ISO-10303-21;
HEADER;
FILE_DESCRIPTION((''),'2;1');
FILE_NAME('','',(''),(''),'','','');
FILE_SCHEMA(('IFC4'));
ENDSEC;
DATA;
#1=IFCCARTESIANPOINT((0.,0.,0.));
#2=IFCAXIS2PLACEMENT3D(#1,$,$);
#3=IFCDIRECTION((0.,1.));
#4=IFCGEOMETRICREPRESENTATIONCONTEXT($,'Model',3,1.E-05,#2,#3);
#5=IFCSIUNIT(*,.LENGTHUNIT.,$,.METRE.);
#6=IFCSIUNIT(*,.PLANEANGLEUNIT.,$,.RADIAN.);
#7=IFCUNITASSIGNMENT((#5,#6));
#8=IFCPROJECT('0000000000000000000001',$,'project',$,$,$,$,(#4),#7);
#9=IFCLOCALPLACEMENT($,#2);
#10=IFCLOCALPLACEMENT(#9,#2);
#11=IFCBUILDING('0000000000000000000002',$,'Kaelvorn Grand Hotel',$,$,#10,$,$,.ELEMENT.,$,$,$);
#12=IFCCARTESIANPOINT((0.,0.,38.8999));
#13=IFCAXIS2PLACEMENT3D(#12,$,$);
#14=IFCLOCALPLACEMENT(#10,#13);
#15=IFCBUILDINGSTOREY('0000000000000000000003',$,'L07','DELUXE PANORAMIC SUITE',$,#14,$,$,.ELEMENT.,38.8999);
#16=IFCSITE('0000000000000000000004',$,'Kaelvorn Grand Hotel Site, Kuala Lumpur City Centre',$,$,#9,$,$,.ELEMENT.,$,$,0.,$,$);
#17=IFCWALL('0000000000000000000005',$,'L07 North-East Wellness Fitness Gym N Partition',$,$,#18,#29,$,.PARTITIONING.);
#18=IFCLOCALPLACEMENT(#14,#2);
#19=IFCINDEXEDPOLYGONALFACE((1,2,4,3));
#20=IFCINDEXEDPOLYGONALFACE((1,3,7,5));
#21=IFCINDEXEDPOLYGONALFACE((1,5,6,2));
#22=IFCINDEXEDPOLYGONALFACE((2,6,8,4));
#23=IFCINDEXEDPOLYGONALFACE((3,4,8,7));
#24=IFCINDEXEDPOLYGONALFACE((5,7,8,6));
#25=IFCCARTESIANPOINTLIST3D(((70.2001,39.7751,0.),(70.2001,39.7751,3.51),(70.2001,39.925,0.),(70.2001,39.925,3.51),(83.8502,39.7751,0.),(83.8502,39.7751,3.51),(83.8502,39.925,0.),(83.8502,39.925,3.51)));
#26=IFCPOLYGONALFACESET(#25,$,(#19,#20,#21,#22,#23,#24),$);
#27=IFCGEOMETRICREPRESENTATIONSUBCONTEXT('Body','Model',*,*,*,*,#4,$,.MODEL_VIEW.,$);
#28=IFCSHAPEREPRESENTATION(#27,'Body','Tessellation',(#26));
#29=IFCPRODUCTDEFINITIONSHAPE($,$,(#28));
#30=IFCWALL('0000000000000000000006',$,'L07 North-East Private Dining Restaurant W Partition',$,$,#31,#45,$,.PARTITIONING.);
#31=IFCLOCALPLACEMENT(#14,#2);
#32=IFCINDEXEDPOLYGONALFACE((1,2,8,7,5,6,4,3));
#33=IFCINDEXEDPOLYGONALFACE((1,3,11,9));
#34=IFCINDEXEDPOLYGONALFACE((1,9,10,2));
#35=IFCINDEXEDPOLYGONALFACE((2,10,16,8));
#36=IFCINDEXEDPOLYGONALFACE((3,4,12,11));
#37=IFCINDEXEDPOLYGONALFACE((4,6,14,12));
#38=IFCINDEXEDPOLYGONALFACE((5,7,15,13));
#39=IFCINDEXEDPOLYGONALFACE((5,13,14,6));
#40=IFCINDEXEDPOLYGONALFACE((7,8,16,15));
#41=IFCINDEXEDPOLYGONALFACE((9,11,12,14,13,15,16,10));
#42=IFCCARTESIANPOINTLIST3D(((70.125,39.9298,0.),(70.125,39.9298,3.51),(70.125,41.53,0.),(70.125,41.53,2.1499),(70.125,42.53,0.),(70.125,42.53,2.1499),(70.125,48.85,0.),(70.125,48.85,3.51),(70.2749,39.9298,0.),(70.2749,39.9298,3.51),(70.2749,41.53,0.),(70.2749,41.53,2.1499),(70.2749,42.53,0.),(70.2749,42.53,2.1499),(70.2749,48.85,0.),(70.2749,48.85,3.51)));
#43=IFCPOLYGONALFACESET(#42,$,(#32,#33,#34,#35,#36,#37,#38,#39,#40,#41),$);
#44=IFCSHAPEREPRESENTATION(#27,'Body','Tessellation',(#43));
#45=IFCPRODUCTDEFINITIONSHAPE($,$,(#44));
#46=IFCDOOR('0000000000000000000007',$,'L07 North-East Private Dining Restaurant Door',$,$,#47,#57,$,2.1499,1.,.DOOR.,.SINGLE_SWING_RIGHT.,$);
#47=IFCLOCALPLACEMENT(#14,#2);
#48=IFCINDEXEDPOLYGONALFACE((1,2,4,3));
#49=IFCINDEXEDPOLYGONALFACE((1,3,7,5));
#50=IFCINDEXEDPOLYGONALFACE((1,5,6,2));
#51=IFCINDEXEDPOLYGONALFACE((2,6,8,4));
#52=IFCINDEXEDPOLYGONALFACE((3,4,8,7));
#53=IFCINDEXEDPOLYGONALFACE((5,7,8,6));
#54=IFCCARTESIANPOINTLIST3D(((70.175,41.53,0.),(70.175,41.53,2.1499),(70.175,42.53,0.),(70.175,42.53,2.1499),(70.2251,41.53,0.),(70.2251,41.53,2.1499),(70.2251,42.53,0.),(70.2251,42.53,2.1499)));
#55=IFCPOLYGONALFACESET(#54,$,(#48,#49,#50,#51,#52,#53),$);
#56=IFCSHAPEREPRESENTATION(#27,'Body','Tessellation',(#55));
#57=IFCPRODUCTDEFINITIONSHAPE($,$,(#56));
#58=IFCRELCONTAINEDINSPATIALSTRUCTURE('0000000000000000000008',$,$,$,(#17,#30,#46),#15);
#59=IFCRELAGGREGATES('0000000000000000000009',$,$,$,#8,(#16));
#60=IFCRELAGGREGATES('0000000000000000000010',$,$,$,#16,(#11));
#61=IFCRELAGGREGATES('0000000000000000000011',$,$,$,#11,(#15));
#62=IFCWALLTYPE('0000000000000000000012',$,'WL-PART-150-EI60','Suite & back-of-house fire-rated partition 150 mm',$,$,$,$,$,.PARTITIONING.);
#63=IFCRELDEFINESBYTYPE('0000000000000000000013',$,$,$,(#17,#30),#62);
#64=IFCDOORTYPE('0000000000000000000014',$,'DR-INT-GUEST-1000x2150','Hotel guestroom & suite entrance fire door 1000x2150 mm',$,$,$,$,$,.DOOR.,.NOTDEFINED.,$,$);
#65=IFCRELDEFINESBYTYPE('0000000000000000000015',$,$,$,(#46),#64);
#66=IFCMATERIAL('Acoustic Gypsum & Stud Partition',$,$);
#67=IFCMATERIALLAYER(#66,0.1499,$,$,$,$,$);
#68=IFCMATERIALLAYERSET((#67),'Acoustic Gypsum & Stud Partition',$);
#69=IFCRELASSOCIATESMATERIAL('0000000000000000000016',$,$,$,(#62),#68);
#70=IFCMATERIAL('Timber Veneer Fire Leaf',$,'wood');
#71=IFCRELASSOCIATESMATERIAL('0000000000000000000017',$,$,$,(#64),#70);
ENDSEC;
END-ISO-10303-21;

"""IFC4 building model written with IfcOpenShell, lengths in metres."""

from ifc_helpers import new_model, si_unit, direction, frame, frame_2d, origin, place, context, subcontext, project, spatial, rectangle, extrude, material, layer, layer_set, type_object, element, fill, save


model = new_model("IFC4")

# Units and contexts
model_context = context("Model", 3, precision=1e-05, world=origin(), true_north=direction((0.0, 1.0)))
body_context = subcontext(model_context, "Body", "Model", "MODEL_VIEW")
ifc_project = project(units=[si_unit("LENGTHUNIT", "METRE"), si_unit("PLANEANGLEUNIT", "RADIAN")], contexts=[model_context])

# Site, building, storey
site_placement = place(None, origin())
site = spatial("IfcSite", under=ifc_project, at=site_placement, Name="Kaelvorn Grand Hotel Site, Kuala Lumpur City Centre", CompositionType="ELEMENT", RefElevation=0.0)
building_placement = place(site_placement, origin())
building = spatial("IfcBuilding", under=site, at=building_placement, Name="Kaelvorn Grand Hotel", CompositionType="ELEMENT")
storey_placement = place(building_placement, frame((0.0, 0.0, 38.8999)))
storey = spatial("IfcBuildingStorey", under=building, at=storey_placement, Name="L07", Description="DELUXE PANORAMIC SUITE", CompositionType="ELEMENT", Elevation=38.8999)

# Wall
ifc_material_1 = material(Name="Acoustic Gypsum & Stud Partition")
ifc_layer_1 = layer(ifc_material_1, 0.1499)
ifc_layer_set_1 = layer_set([ifc_layer_1], Name="Acoustic Gypsum & Stud Partition")
wall_type_1 = type_object("IfcWallType", Name="WL-PART-150-EI60", Description="Suite & back-of-house fire-rated partition 150 mm", PredefinedType="PARTITIONING", material=ifc_layer_set_1)
wall_1_placement = place(storey_placement, frame((70.2, 39.8501, 0.0), z_axis=(0.0, 0.0, 1.0), x_axis=(1.0, 0.0, 0.0)))
element("IfcWall", 1, at=wall_1_placement, inside=storey, type_object=wall_type_1, Name="L07 North-East Wellness Fitness Gym N Partition", PredefinedType="PARTITIONING", context=body_context, shape_type="SweptSolid", body=[
    extrude(rectangle(XDim=13.6501, YDim=0.1499, at=frame_2d((6.8252, 0.0))), origin(), (0.0, 0.0, 1.0), 3.51),
])

# Wall, opening, door
wall_2_placement = place(storey_placement, frame((70.2, 39.9299, 0.0), z_axis=(0.0, 0.0, 1.0), x_axis=(0.0, 1.0, 0.0)))
wall_2 = element("IfcWall", 2, at=wall_2_placement, inside=storey, type_object=wall_type_1, Name="L07 North-East Private Dining Restaurant W Partition", PredefinedType="PARTITIONING", context=body_context, shape_type="SweptSolid", body=[
    extrude(rectangle(XDim=8.9202, YDim=0.1499, at=frame_2d((4.46, 0.0))), origin(), (0.0, 0.0, 1.0), 3.51),
])
opening_1_placement = place(wall_2_placement, frame((1.6001, 0.0, 0.0)))
opening_1 = element("IfcOpeningElement", 3, at=opening_1_placement, cuts=wall_2, PredefinedType="OPENING", context=body_context, shape_type="SweptSolid", body=[
    extrude(rectangle(XDim=1.0, YDim=2.1499, at=frame_2d((0.5, 1.075))), frame((0.0, 0.085, 0.0), z_axis=(0.0, -1.0, 0.0), x_axis=(1.0, 0.0, 0.0)), (0.0, 0.0, 1.0), 0.1699),
])
ifc_material_2 = material(Name="Timber Veneer Fire Leaf", Category="wood")
door_type = type_object("IfcDoorType", Name="DR-INT-GUEST-1000x2150", Description="Hotel guestroom & suite entrance fire door 1000x2150 mm", OperationType="NOTDEFINED", PredefinedType="DOOR", material=ifc_material_2)
door_placement = place(opening_1_placement, origin())
door = element("IfcDoor", 4, at=door_placement, inside=storey, type_object=door_type, Name="L07 North-East Private Dining Restaurant Door", OperationType="SINGLE_SWING_RIGHT", OverallHeight=2.1499, OverallWidth=1.0, PredefinedType="DOOR", context=body_context, shape_type="SweptSolid", body=[
    extrude(rectangle(XDim=1.0, YDim=2.1499, at=frame_2d((0.5, 1.075))), frame((0.0, 0.0249, 0.0), z_axis=(0.0, -1.0, 0.0), x_axis=(1.0, 0.0, 0.0)), (0.0, 0.0, 1.0), 0.05),
])
fill(opening_1, door)

save(model, "model.ifc")
